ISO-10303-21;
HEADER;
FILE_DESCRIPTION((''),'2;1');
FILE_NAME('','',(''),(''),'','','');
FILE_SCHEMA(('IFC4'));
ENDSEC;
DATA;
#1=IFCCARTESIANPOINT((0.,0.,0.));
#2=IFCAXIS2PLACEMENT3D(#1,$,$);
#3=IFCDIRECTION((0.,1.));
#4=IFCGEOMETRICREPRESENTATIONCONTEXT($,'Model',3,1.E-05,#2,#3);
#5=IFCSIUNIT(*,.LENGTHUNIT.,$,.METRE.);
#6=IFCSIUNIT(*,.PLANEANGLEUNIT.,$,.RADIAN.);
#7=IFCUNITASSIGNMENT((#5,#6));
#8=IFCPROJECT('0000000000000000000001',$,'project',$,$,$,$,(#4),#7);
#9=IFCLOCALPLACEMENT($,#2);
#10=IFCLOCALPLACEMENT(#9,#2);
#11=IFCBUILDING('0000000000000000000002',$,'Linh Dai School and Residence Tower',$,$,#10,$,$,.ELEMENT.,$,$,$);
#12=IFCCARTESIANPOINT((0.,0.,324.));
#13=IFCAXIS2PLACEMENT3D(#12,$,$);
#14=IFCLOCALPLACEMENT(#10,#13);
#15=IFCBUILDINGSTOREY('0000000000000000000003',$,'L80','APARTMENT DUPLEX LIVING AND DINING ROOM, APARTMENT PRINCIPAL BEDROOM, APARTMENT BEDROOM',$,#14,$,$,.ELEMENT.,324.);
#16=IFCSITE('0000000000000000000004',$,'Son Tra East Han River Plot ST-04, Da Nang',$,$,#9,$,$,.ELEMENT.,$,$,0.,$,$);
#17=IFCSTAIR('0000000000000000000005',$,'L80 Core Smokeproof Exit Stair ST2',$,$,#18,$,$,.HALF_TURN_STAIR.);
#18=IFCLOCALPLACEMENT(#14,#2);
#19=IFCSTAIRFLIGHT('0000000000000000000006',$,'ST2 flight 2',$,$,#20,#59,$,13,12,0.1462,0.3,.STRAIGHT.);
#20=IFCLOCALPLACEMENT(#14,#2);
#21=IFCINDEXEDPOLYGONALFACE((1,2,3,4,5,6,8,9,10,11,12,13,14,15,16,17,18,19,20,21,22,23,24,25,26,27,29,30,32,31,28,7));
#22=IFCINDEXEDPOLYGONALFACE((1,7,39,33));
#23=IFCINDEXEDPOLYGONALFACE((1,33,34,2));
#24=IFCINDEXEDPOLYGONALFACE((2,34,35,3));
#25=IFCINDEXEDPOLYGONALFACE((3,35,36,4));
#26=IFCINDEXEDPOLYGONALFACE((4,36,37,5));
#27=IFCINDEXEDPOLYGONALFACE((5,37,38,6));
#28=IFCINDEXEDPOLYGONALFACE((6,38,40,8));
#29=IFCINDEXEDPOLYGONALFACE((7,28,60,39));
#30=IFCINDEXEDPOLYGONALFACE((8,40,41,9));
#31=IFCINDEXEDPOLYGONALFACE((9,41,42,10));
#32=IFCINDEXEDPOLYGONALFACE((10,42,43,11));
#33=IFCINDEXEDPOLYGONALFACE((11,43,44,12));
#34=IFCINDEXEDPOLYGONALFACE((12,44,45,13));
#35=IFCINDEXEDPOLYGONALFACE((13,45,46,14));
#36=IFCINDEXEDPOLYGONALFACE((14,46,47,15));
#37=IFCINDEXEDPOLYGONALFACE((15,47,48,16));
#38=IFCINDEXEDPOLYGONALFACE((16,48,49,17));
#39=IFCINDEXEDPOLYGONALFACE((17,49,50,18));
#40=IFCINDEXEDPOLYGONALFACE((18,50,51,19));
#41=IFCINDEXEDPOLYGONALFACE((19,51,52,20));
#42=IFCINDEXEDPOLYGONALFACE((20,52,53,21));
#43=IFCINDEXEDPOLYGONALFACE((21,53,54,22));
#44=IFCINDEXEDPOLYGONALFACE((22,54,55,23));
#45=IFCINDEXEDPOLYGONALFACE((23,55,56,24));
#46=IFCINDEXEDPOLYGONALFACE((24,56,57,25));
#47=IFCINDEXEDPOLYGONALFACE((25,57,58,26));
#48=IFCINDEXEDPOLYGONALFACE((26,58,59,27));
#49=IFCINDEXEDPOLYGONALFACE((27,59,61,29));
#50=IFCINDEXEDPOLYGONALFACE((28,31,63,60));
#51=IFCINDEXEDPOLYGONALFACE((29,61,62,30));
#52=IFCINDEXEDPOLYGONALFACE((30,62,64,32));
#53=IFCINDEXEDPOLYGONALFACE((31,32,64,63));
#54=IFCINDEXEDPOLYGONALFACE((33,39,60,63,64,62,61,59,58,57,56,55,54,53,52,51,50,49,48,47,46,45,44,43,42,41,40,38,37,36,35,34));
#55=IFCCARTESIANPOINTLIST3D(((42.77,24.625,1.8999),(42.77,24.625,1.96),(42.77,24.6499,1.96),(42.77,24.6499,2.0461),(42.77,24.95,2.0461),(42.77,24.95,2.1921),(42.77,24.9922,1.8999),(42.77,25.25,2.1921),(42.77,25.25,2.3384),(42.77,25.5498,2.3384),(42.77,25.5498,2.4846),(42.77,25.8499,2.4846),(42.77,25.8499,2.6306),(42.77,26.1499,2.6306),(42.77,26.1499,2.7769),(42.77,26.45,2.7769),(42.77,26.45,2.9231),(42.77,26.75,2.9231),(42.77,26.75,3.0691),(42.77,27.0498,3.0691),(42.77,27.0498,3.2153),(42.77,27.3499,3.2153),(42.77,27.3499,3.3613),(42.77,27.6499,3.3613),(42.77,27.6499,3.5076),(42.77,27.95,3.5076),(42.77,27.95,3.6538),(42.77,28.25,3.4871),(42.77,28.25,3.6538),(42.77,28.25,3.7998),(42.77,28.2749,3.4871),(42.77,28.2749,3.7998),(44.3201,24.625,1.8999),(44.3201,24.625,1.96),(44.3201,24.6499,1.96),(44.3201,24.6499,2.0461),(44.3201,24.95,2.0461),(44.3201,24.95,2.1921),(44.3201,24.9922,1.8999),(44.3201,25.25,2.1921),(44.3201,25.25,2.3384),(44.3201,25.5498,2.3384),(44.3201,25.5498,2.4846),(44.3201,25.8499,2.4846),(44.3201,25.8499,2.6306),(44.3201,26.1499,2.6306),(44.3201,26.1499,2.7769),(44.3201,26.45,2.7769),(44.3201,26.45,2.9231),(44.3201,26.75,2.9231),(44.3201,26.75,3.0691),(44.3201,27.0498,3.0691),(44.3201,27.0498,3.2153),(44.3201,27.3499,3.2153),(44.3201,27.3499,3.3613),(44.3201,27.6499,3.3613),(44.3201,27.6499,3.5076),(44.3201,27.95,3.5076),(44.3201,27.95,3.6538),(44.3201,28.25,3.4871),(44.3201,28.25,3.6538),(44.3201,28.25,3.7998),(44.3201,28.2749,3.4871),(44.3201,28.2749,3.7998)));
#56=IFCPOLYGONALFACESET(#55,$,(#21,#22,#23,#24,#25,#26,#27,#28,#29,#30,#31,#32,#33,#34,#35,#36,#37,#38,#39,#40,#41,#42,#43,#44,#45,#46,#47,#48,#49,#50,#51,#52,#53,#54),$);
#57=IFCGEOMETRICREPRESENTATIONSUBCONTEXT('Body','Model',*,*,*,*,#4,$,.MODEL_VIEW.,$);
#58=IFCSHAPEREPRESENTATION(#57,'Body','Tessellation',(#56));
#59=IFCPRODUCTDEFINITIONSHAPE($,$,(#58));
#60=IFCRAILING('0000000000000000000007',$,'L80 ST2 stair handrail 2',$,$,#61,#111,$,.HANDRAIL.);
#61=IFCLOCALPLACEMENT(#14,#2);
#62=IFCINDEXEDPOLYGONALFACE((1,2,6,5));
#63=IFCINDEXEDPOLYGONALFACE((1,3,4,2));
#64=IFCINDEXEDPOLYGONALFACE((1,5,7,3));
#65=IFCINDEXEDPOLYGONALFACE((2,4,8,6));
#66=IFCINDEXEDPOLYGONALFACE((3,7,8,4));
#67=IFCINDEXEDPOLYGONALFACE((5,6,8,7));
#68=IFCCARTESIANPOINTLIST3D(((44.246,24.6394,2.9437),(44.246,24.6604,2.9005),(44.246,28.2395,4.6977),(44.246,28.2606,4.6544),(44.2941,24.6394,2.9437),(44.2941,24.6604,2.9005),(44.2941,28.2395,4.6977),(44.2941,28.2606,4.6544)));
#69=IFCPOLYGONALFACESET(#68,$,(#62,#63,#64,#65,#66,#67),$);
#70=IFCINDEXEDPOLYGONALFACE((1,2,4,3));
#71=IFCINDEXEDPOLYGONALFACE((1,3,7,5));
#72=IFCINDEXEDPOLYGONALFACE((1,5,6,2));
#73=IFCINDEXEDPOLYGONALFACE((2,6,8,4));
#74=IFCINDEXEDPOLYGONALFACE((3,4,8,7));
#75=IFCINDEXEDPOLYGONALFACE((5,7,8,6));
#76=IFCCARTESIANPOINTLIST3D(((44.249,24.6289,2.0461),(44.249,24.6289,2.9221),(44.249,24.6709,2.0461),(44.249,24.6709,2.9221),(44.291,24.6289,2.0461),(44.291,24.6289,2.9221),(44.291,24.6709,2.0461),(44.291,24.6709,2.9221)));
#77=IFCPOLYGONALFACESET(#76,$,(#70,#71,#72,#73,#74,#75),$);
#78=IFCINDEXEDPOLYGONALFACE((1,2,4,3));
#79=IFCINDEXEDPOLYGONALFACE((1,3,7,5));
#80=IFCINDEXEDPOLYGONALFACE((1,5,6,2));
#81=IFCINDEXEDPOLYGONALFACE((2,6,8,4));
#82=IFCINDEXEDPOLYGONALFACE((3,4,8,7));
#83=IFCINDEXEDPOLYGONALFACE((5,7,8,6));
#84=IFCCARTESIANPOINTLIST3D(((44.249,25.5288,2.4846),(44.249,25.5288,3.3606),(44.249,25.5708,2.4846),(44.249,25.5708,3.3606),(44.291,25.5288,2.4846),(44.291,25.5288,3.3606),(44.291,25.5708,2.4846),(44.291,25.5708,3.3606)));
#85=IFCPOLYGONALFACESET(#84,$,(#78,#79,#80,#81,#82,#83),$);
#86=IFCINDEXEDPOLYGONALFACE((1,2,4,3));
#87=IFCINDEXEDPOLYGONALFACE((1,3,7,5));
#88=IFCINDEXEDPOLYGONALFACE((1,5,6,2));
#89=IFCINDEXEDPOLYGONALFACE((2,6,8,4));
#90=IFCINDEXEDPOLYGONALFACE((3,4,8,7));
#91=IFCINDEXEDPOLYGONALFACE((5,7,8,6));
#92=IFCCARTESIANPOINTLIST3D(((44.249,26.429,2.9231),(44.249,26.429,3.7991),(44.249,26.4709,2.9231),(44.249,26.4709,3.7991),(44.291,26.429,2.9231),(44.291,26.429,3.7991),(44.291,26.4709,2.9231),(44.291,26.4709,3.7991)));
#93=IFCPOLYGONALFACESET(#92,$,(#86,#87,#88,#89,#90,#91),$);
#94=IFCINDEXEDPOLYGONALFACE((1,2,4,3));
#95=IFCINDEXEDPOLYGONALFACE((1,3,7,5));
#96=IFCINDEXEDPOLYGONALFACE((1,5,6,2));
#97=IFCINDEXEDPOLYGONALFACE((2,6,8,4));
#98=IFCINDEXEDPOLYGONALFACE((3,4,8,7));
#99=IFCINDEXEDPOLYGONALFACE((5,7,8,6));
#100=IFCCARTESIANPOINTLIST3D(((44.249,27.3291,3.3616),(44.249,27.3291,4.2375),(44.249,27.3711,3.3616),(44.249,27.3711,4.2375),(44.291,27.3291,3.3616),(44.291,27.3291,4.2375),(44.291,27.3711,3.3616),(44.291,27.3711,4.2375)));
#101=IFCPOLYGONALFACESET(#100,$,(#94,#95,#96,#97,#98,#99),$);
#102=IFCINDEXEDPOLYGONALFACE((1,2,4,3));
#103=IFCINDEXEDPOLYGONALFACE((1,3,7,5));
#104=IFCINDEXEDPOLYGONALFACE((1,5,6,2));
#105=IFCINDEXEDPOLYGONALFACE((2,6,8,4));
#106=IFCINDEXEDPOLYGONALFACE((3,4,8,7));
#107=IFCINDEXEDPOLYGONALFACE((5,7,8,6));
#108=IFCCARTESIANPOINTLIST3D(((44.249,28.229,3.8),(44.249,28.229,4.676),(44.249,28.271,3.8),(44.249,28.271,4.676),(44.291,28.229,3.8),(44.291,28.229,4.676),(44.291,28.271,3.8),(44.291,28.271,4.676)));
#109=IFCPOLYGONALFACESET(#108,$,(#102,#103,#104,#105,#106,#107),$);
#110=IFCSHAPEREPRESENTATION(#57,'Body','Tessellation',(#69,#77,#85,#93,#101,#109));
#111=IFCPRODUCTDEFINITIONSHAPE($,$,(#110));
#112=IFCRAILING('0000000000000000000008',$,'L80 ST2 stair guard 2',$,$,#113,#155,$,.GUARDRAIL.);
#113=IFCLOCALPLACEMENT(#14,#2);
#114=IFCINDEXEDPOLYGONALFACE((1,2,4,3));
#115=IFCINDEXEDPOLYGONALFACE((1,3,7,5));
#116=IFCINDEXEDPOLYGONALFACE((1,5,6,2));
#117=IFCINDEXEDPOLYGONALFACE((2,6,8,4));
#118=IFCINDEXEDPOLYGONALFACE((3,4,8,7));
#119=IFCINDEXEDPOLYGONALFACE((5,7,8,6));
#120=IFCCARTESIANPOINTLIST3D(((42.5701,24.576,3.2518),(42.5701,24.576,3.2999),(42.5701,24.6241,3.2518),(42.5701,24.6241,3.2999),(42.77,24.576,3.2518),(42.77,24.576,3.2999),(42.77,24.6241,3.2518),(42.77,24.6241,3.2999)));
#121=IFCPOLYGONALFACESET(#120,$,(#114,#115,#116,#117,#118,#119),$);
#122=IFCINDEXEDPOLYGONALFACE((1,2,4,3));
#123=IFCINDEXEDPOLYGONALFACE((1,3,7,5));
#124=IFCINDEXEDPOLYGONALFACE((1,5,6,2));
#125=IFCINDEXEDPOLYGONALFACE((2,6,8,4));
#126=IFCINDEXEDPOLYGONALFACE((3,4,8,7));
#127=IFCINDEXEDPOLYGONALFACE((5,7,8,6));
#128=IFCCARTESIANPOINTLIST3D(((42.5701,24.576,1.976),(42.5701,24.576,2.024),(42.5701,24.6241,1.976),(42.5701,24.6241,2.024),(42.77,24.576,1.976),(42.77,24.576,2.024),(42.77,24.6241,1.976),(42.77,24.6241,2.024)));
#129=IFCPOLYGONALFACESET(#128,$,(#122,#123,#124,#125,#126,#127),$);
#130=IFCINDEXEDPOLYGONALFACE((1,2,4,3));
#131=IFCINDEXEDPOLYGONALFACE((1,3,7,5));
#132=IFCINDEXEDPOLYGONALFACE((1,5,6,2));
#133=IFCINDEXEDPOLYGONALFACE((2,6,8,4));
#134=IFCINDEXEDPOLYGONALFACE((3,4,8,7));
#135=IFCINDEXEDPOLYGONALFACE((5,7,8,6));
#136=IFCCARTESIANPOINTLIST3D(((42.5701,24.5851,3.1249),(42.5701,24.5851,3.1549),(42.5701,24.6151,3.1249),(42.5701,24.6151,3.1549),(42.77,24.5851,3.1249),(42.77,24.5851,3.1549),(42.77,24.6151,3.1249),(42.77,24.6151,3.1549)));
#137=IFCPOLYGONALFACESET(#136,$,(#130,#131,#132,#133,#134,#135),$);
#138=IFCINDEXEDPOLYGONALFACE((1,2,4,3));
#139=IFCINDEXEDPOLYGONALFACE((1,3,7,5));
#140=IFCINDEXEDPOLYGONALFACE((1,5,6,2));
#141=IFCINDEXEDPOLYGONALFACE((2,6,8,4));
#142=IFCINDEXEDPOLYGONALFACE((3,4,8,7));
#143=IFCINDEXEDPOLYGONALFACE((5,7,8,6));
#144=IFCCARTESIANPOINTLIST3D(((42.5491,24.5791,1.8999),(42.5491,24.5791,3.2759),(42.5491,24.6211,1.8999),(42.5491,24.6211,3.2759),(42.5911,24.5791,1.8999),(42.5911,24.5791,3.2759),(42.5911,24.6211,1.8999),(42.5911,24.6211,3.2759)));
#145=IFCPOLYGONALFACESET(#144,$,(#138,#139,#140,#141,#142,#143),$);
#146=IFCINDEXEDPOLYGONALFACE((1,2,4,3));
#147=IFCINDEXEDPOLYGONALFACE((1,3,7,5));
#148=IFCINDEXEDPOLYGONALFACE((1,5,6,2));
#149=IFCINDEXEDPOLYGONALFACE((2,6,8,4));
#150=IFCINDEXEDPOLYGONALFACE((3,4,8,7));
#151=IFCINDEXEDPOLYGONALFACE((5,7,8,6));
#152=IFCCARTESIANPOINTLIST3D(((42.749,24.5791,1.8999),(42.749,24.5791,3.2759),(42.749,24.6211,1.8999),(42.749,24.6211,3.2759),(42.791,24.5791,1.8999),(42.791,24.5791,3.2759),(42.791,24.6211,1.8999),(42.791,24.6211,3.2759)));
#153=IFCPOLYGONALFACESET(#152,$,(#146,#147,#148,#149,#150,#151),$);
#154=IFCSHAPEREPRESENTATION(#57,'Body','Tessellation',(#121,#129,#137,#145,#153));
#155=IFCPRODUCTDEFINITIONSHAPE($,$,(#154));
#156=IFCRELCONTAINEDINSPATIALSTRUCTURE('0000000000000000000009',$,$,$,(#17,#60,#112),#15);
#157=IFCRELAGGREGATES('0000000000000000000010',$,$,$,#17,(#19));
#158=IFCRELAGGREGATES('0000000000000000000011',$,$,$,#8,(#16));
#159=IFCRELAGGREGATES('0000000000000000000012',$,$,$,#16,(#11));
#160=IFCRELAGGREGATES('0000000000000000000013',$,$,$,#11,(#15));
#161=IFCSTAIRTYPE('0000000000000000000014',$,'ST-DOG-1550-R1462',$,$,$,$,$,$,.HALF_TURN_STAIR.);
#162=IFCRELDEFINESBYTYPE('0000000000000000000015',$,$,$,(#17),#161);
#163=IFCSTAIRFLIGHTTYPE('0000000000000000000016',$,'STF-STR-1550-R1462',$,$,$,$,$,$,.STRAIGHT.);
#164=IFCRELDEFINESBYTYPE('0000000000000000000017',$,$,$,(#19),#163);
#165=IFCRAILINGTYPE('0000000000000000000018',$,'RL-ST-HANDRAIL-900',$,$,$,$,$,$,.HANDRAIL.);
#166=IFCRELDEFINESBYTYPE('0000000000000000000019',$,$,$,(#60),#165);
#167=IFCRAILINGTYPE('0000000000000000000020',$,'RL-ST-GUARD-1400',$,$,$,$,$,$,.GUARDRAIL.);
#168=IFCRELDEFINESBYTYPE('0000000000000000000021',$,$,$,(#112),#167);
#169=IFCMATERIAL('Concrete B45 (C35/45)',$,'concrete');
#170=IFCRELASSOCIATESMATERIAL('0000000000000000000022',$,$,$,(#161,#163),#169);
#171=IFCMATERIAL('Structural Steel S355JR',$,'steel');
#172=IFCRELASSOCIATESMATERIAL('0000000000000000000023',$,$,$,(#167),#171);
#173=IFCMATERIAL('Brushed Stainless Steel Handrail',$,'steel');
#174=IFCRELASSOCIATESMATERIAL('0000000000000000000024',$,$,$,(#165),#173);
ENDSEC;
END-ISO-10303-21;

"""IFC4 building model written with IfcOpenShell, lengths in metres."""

from ifc_helpers import new_model, si_unit, direction, frame, origin, origin_2d, place, context, subcontext, project, spatial, polyline, rectangle, outline, extrude, source, transform, mapped, material, type_object, element, aggregate, save


model = new_model("IFC4")

# Units and contexts
model_context = context("Model", 3, precision=1e-05, world=origin(), true_north=direction((0.0, 1.0)))
body_context = subcontext(model_context, "Body", "Model", "MODEL_VIEW")
ifc_project = project(units=[si_unit("LENGTHUNIT", "METRE"), si_unit("PLANEANGLEUNIT", "RADIAN")], contexts=[model_context])

# Site, building, storey
site_placement = place(None, origin())
site = spatial("IfcSite", under=ifc_project, at=site_placement, Name="Son Tra East Han River Plot ST-04, Da Nang", CompositionType="ELEMENT", RefElevation=0.0)
building_placement = place(site_placement, origin())
building = spatial("IfcBuilding", under=site, at=building_placement, Name="Linh Dai School and Residence Tower", CompositionType="ELEMENT")
storey_placement = place(building_placement, frame((0.0, 0.0, 324.0)))
storey = spatial("IfcBuildingStorey", under=building, at=storey_placement, Name="L80", Description="APARTMENT DUPLEX LIVING AND DINING ROOM, APARTMENT PRINCIPAL BEDROOM, APARTMENT BEDROOM", CompositionType="ELEMENT", Elevation=324.0)

# Shared definitions
ifc_material_1 = material(Name="Structural Steel S355JR", Category="steel")

# Shared definitions
ifc_material_2 = material(Name="Concrete B45 (C35/45)", Category="concrete")

# Stair, stair flight
stair_type = type_object("IfcStairType", Name="ST-DOG-1550-R1462", PredefinedType="HALF_TURN_STAIR", material=ifc_material_2)
stair_placement = place(storey_placement, origin())
stair = element("IfcStair", 1, at=stair_placement, inside=storey, type_object=stair_type, Name="L80 Core Smokeproof Exit Stair ST2", PredefinedType="HALF_TURN_STAIR")
stair_flight_type = type_object("IfcStairFlightType", Name="STF-STR-1550-R1462", PredefinedType="STRAIGHT", material=ifc_material_2)
shared_shape_1 = source(origin(), body_context, "Body", "SweptSolid", [
    extrude(outline(polyline([(-0.0249, 0.0), (-0.0249, 0.0601), (0.0, 0.0601), (0.0, 0.1462), (0.3, 0.1462), (0.3, 0.2922), (0.6001, 0.2922), (0.6001, 0.4385), (0.8999, 0.4385), (0.8999, 0.5847), (1.2, 0.5847), (1.2, 0.7307), (1.5, 0.7307), (1.5, 0.877), (1.8, 0.877), (1.8, 1.0232), (2.1001, 1.0232), (2.1001, 1.1692), (2.3999, 1.1692), (2.3999, 1.3154), (2.7, 1.3154), (2.7, 1.4614), (3.0, 1.4614), (3.0, 1.6077), (3.3, 1.6077), (3.3, 1.7539), (3.6001, 1.7539), (3.6001, 1.8999), (3.625, 1.8999), (3.625, 1.5872), (3.6001, 1.5872), (0.3423, 0.0), (-0.0249, 0.0)])), frame((0.0, 0.7749, 0.0), z_axis=(0.0, -1.0, 0.0), x_axis=(1.0, 0.0, 0.0)), (0.0, 0.0, 1.0), 1.55),
])
stair_flight_placement = place(storey_placement, frame((43.5449, 24.6499, 1.8999), z_axis=(0.0, 0.0, 1.0), x_axis=(0.0, 1.0, 0.0)))
stair_flight = element("IfcStairFlight", 2, at=stair_flight_placement, type_object=stair_flight_type, Name="ST2 flight 2", NumberOfRisers=13, NumberOfTreads=12, PredefinedType="STRAIGHT", RiserHeight=0.1462, TreadLength=0.3, context=body_context, shape_type="MappedRepresentation", body=[
    mapped(shared_shape_1, transform((0.0, 0.0, 0.0), x_axis=(1.0, 0.0, 0.0), y_axis=(0.0, 1.0, 0.0), z_axis=(0.0, 0.0, 1.0), scale=1.0)),
])
aggregate(stair, [stair_flight])

# Railings
railing_type_1 = type_object("IfcRailingType", Name="RL-ST-GUARD-1400", PredefinedType="GUARDRAIL", material=ifc_material_1)
ifc_material_3 = material(Name="Brushed Stainless Steel Handrail", Category="steel")
railing_type_2 = type_object("IfcRailingType", Name="RL-ST-HANDRAIL-900", PredefinedType="HANDRAIL", material=ifc_material_3)
shared_shape_2 = source(origin(), body_context, "Body", "SweptSolid", [
    extrude(rectangle(XDim=0.0481, YDim=0.0481, at=origin_2d()), frame((0.0, 0.0, 0.876), z_axis=(0.0, 0.898989, 0.437972), x_axis=(-1.0, 0.0, 0.0)), (0.0, 0.0, 1.0), 4.0046),
    extrude(rectangle(XDim=0.042, YDim=0.042, at=origin_2d()), origin(), (0.0, 0.0, 1.0), 0.876),
    extrude(rectangle(XDim=0.042, YDim=0.042, at=origin_2d()), frame((0.0, 0.8999, 0.4385)), (0.0, 0.0, 1.0), 0.876),
    extrude(rectangle(XDim=0.042, YDim=0.042, at=origin_2d()), frame((0.0, 1.8, 0.877)), (0.0, 0.0, 1.0), 0.876),
    extrude(rectangle(XDim=0.042, YDim=0.042, at=origin_2d()), frame((0.0, 2.7002, 1.3154)), (0.0, 0.0, 1.0), 0.876),
    extrude(rectangle(XDim=0.042, YDim=0.042, at=origin_2d()), frame((0.0, 3.6001, 1.7539)), (0.0, 0.0, 1.0), 0.876),
])
railing_1_placement = place(storey_placement, frame((44.27, 24.6499, 2.0461)))
element("IfcRailing", 3, at=railing_1_placement, inside=storey, type_object=railing_type_2, Name="L80 ST2 stair handrail 2", PredefinedType="HANDRAIL", context=body_context, shape_type="MappedRepresentation", body=[
    mapped(shared_shape_2, transform((0.0, 0.0, 0.0), x_axis=(1.0, 0.0, 0.0), y_axis=(0.0, 1.0, 0.0), z_axis=(0.0, 0.0, 1.0), scale=1.0)),
])
shared_shape_3 = source(origin(), body_context, "Body", "SweptSolid", [
    extrude(rectangle(XDim=0.0481, YDim=0.0481, at=origin_2d()), frame((0.0, 0.0, 1.376), z_axis=(1.0, 0.0, 0.0), x_axis=(0.0, 1.0, 0.0)), (0.0, 0.0, 1.0), 0.2),
    extrude(rectangle(XDim=0.0481, YDim=0.0481, at=origin_2d()), frame((0.0, 0.0, 0.1001), z_axis=(1.0, 0.0, 0.0), x_axis=(0.0, 1.0, 0.0)), (0.0, 0.0, 1.0), 0.2),
    extrude(rectangle(XDim=0.03, YDim=0.03, at=origin_2d()), frame((0.0, 0.0, 1.24), z_axis=(1.0, 0.0, 0.0), x_axis=(0.0, 1.0, 0.0)), (0.0, 0.0, 1.0), 0.2),
    extrude(rectangle(XDim=0.042, YDim=0.042, at=origin_2d()), origin(), (0.0, 0.0, 1.0), 1.376),
    extrude(rectangle(XDim=0.042, YDim=0.042, at=origin_2d()), frame((0.2, 0.0, 0.0)), (0.0, 0.0, 1.0), 1.376),
])
railing_2_placement = place(storey_placement, frame((42.5701, 24.6001, 1.8999)))
element("IfcRailing", 4, at=railing_2_placement, inside=storey, type_object=railing_type_1, Name="L80 ST2 stair guard 2", PredefinedType="GUARDRAIL", context=body_context, shape_type="MappedRepresentation", body=[
    mapped(shared_shape_3, transform((0.0, 0.0, 0.0), x_axis=(1.0, 0.0, 0.0), y_axis=(0.0, 1.0, 0.0), z_axis=(0.0, 0.0, 1.0), scale=1.0)),
])

save(model, "model.ifc")
